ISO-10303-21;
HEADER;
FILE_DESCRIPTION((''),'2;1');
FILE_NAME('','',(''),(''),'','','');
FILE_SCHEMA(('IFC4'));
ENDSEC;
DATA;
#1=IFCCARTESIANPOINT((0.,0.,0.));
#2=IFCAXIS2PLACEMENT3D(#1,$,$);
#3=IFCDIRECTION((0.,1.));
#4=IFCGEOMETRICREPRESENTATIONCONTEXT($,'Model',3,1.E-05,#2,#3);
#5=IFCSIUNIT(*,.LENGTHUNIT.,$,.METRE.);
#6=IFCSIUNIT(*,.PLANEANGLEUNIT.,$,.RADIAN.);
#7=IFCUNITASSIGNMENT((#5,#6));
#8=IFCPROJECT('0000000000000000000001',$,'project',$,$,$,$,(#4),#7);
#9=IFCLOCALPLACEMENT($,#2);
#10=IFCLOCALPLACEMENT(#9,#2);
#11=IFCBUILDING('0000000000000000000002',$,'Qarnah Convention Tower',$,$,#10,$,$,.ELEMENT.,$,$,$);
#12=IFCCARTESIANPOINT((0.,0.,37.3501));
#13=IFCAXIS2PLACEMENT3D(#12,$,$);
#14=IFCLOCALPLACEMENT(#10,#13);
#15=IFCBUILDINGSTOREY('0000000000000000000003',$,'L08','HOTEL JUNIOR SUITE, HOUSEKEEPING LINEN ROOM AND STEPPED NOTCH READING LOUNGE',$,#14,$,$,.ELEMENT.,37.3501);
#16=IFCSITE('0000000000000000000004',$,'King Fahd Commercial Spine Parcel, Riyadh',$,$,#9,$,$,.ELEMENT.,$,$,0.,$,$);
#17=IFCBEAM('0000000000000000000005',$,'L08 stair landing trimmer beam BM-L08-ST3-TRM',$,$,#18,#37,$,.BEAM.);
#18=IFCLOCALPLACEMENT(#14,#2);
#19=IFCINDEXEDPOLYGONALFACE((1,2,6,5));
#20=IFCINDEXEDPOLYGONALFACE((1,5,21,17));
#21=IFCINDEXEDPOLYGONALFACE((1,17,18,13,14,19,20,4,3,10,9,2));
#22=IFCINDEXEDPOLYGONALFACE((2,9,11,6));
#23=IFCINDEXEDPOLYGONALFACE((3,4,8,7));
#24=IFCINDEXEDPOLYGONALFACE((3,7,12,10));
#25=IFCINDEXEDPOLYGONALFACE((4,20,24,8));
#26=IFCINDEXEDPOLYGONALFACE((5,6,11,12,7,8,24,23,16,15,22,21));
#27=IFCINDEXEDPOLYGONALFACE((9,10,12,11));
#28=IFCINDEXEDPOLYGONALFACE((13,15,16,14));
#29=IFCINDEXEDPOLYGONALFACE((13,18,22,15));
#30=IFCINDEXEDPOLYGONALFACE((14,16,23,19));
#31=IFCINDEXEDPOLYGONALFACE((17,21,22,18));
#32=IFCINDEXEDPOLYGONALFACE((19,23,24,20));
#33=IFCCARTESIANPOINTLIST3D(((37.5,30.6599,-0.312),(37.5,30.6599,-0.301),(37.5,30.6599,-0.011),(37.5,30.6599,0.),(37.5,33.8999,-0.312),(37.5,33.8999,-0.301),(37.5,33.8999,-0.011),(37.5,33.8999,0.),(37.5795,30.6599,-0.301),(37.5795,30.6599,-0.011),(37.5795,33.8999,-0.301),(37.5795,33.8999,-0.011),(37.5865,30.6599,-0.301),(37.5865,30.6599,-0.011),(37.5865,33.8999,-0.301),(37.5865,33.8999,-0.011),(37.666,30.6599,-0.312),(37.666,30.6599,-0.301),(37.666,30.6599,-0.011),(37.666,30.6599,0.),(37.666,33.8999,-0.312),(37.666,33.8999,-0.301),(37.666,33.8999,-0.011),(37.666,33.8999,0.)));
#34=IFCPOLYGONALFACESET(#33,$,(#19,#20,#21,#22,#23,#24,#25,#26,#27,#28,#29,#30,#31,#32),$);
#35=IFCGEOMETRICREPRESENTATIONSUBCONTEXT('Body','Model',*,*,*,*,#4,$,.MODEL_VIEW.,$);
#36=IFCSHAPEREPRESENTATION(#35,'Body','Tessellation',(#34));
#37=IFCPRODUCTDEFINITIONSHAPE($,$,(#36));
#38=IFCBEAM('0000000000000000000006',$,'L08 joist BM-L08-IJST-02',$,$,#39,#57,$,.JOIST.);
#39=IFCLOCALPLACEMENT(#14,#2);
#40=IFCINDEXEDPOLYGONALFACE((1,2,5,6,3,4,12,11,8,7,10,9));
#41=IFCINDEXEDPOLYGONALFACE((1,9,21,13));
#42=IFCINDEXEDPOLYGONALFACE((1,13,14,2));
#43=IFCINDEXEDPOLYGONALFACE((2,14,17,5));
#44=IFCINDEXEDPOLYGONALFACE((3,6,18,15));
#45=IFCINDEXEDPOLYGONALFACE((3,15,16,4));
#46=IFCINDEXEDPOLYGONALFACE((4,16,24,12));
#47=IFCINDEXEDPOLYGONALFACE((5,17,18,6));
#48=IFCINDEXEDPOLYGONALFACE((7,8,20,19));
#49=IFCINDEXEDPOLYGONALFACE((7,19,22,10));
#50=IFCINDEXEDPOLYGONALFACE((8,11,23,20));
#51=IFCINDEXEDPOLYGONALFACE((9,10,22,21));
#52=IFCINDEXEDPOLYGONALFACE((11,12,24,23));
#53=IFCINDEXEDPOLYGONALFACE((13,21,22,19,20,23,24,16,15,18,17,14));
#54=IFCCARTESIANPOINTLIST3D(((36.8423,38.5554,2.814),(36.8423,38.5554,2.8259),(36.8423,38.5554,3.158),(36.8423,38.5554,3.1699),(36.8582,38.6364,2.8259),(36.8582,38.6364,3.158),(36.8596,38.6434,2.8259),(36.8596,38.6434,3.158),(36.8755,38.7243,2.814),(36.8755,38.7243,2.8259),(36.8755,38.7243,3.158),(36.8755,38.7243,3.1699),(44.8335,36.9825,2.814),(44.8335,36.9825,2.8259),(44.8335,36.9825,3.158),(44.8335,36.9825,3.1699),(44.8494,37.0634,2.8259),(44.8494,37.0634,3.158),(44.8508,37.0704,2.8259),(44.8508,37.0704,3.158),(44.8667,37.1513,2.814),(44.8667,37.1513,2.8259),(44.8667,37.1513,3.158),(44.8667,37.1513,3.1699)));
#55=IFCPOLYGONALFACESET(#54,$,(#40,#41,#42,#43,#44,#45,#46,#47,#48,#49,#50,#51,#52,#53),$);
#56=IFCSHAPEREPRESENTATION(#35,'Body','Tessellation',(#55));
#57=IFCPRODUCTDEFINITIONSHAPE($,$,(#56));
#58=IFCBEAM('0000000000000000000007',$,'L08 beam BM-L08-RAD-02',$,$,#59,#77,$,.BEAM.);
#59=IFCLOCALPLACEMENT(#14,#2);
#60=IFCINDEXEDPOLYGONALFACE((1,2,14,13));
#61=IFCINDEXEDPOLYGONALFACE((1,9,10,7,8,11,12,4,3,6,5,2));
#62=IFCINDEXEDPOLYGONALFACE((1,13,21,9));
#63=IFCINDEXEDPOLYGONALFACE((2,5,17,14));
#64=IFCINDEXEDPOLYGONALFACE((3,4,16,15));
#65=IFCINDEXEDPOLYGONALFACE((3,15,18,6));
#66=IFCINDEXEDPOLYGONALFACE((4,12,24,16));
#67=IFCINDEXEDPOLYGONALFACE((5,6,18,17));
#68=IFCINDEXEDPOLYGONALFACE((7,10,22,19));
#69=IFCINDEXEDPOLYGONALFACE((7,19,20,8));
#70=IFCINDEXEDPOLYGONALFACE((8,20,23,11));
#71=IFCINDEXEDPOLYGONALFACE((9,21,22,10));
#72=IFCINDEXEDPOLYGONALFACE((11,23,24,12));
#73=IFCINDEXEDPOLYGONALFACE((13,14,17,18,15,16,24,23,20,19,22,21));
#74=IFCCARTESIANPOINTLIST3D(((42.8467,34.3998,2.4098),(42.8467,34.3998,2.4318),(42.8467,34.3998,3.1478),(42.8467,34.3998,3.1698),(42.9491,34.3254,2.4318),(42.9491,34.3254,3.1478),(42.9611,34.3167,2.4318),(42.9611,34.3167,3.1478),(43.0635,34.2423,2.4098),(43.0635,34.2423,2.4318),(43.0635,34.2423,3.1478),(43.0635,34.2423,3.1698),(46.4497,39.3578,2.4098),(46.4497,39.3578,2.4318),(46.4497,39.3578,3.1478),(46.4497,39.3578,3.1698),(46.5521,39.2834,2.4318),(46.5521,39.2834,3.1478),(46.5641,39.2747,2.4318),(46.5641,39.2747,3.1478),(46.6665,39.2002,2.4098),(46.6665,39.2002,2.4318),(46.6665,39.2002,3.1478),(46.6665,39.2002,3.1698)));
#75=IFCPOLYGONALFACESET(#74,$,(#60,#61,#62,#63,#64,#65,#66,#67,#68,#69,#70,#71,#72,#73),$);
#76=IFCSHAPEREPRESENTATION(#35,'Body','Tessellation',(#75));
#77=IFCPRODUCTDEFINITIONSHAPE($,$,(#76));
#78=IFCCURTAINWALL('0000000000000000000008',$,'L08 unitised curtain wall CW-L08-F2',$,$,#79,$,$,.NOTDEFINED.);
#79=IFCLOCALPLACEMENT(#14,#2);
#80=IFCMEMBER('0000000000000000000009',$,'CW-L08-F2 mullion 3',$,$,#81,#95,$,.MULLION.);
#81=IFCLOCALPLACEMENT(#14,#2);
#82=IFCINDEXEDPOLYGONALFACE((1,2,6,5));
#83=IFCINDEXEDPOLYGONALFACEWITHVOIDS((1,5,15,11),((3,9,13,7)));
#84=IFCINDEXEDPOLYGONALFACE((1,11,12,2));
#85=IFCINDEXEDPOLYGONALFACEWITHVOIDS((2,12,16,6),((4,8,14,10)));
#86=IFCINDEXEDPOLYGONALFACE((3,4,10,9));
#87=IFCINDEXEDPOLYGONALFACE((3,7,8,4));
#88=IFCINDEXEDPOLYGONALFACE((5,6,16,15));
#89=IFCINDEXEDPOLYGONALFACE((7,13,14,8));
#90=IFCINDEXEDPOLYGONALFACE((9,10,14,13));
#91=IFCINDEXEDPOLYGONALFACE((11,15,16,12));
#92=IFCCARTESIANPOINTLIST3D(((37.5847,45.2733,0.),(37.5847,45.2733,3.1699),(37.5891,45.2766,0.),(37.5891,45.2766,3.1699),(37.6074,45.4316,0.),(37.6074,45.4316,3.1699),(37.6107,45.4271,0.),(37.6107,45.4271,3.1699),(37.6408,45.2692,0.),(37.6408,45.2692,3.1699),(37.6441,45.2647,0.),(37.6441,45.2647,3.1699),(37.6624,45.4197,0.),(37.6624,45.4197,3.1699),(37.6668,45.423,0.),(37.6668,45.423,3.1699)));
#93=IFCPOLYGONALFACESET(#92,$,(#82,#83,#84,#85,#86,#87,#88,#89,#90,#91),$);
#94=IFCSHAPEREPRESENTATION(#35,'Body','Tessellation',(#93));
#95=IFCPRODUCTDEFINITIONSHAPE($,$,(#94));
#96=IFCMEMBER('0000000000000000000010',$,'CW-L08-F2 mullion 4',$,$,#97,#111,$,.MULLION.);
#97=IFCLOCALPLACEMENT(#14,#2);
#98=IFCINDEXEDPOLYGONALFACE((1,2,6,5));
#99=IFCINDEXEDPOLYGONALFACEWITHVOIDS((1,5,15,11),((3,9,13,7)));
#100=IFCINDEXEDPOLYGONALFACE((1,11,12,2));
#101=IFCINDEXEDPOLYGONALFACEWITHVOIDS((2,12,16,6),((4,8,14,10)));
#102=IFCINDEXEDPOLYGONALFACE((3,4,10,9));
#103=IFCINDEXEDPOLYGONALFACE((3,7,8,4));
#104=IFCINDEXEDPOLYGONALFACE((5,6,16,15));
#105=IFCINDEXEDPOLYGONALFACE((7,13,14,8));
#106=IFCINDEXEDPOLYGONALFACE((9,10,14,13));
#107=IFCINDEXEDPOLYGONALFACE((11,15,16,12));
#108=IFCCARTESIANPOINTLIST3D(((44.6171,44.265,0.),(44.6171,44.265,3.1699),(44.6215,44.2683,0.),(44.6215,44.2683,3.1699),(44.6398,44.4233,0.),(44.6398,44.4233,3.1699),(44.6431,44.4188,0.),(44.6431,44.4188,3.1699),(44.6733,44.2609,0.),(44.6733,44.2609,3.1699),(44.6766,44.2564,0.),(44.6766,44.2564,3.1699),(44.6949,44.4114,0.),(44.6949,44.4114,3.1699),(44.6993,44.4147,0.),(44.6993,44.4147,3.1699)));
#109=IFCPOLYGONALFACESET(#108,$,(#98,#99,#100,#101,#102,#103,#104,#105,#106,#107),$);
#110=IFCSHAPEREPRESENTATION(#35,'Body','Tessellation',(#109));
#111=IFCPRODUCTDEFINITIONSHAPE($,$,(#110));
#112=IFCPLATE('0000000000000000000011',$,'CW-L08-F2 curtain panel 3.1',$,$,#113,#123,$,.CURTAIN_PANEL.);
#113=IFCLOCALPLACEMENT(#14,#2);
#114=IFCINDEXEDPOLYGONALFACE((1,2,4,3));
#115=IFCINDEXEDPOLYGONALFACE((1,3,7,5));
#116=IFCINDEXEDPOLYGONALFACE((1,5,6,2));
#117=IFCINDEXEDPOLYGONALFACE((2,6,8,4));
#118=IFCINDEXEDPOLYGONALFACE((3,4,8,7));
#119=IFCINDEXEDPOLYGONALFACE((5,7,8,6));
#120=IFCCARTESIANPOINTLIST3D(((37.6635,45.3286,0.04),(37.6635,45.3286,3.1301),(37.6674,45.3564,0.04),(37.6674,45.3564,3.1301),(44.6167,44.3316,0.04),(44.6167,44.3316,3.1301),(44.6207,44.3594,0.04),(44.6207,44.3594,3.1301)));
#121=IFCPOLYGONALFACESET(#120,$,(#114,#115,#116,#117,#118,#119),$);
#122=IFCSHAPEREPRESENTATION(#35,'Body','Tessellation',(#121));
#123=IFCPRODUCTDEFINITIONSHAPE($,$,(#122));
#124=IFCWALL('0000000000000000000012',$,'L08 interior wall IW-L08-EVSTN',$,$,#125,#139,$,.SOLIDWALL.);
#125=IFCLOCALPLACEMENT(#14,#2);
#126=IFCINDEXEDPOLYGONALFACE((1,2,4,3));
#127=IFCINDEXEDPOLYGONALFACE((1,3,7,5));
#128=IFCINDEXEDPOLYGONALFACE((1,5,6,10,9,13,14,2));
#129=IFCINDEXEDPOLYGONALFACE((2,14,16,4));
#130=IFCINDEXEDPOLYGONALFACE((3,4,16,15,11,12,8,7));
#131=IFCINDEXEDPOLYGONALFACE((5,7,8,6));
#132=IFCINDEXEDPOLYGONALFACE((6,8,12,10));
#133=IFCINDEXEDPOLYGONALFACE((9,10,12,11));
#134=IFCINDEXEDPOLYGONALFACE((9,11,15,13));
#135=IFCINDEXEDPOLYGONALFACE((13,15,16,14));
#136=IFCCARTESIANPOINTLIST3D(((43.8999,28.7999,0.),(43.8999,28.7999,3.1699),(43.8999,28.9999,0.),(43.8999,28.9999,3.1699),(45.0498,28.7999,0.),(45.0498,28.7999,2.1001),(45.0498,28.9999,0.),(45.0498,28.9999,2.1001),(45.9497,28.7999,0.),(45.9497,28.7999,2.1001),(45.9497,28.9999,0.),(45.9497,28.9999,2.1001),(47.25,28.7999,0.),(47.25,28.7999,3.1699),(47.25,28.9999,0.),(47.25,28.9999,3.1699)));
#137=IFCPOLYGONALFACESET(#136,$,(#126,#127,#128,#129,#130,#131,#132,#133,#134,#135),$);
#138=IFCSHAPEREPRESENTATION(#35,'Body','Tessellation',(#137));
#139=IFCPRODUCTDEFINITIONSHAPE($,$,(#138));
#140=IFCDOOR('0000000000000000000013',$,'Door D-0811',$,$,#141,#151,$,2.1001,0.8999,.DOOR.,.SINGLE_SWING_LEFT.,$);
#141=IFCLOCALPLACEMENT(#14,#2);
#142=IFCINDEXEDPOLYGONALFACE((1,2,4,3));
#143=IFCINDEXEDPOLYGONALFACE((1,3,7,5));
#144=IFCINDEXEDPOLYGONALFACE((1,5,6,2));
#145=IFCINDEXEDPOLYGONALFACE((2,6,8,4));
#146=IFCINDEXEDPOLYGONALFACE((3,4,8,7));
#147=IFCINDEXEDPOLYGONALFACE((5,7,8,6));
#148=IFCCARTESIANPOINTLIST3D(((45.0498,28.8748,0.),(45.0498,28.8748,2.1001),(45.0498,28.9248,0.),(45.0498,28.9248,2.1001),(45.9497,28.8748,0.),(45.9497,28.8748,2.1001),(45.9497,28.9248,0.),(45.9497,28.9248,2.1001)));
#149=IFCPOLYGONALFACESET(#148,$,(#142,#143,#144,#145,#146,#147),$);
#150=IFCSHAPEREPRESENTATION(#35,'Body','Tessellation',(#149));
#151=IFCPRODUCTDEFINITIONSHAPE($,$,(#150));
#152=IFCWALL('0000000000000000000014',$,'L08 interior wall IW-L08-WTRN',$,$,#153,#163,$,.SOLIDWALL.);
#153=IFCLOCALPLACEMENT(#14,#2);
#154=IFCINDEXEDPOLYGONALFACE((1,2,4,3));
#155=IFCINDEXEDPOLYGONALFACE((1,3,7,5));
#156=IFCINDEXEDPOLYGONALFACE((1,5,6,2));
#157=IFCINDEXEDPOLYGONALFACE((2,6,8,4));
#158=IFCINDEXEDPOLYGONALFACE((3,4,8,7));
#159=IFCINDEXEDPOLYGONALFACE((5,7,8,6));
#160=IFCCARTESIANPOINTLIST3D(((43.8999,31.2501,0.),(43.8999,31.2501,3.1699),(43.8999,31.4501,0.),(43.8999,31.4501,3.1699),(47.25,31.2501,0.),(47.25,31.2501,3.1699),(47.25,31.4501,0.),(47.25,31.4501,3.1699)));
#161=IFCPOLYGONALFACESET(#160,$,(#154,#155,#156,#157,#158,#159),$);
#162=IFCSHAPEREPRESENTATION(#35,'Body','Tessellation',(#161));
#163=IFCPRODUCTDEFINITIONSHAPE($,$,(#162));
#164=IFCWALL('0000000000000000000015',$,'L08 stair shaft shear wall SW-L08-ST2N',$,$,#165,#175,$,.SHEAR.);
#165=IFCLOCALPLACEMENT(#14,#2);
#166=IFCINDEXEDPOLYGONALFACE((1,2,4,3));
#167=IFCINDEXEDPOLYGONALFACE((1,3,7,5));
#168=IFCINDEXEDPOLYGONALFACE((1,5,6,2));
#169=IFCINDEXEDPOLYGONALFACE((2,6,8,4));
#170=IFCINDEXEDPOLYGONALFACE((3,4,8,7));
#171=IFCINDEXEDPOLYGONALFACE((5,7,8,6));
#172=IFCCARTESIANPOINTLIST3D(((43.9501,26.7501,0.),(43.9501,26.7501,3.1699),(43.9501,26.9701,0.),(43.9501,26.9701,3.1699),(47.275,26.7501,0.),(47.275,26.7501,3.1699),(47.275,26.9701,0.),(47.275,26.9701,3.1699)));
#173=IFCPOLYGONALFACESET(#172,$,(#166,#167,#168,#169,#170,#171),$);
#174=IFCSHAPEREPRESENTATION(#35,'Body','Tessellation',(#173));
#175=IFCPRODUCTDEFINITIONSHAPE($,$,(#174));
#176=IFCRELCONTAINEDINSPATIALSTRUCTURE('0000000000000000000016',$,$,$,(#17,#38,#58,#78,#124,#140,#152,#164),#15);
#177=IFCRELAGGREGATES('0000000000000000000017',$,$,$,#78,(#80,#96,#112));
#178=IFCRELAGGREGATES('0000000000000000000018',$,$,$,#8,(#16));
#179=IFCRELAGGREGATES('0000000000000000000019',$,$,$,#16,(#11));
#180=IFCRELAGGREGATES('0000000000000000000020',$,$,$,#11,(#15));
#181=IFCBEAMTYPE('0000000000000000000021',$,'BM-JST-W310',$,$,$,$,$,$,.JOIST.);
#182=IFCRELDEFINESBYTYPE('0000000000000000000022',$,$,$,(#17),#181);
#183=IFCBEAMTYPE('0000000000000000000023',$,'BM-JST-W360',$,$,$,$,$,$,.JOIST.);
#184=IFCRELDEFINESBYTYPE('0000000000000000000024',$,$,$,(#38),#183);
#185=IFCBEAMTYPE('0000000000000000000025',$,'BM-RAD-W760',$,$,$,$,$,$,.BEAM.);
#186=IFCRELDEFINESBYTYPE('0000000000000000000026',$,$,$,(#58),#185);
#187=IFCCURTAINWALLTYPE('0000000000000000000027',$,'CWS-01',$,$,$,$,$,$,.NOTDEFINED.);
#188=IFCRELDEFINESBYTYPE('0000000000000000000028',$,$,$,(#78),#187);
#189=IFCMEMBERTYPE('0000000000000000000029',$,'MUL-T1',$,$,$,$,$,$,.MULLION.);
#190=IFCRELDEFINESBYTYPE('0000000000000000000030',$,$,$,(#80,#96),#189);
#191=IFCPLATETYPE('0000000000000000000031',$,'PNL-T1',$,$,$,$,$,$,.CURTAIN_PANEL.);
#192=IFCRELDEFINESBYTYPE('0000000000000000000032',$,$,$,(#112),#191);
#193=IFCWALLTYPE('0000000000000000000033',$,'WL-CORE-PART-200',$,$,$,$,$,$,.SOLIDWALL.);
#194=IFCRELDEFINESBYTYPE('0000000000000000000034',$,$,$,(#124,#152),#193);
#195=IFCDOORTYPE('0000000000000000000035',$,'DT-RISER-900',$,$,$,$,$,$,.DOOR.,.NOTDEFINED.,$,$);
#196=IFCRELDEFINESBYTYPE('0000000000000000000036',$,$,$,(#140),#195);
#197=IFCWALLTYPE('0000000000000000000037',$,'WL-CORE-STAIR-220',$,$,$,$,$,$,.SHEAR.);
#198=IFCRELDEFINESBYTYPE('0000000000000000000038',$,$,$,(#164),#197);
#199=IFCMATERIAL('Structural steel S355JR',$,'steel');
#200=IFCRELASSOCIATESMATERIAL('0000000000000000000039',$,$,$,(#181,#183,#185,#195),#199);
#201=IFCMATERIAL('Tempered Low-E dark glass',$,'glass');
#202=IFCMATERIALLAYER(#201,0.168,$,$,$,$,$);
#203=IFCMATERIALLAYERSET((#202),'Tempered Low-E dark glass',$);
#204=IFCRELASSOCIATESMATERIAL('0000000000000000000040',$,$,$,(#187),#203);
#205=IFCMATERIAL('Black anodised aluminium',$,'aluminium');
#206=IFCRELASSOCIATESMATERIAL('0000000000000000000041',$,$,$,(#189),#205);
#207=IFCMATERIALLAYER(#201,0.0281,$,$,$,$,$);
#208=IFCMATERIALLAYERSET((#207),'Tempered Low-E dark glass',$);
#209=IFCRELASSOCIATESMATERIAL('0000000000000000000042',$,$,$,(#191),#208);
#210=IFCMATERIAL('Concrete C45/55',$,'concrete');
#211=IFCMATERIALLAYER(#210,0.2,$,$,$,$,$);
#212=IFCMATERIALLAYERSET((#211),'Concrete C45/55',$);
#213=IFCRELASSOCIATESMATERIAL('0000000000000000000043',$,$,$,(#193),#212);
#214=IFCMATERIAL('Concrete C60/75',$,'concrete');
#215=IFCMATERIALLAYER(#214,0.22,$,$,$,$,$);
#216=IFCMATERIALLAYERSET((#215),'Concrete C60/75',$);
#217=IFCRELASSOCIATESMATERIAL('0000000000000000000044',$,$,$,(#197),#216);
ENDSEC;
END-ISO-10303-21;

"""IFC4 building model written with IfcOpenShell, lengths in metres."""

from ifc_helpers import new_model, si_unit, direction, frame, frame_2d, origin, origin_2d, place, context, subcontext, project, spatial, rectangle, hollow_rectangle, i_section, extrude, material, layer, layer_set, material_profile, profile_set, type_object, element, fill, aggregate, save


model = new_model("IFC4")

# Units and contexts
model_context = context("Model", 3, precision=1e-05, world=origin(), true_north=direction((0.0, 1.0)))
body_context = subcontext(model_context, "Body", "Model", "MODEL_VIEW")
ifc_project = project(units=[si_unit("LENGTHUNIT", "METRE"), si_unit("PLANEANGLEUNIT", "RADIAN")], contexts=[model_context])

# Site, building, storey
site_placement = place(None, origin())
site = spatial("IfcSite", under=ifc_project, at=site_placement, Name="King Fahd Commercial Spine Parcel, Riyadh", CompositionType="ELEMENT", RefElevation=0.0)
building_placement = place(site_placement, origin())
building = spatial("IfcBuilding", under=site, at=building_placement, Name="Qarnah Convention Tower", CompositionType="ELEMENT")
storey_placement = place(building_placement, frame((0.0, 0.0, 37.3501)))
storey = spatial("IfcBuildingStorey", under=building, at=storey_placement, Name="L08", Description="HOTEL JUNIOR SUITE, HOUSEKEEPING LINEN ROOM AND STEPPED NOTCH READING LOUNGE", CompositionType="ELEMENT", Elevation=37.3501)

# Beams
ifc_material_1 = material(Name="Structural steel S355JR", Category="steel")
ifc_material_profile_1 = material_profile(ifc_material_1, i_section(OverallWidth=0.166, OverallDepth=0.312, WebThickness=0.0071, FlangeThickness=0.011, at=origin_2d()), Name="W310X45")
ifc_profile_set_1 = profile_set([ifc_material_profile_1], Name="Structural steel S355JR")
beam_type_1 = type_object("IfcBeamType", Name="BM-JST-W310", PredefinedType="JOIST", material=ifc_profile_set_1)
beam_1_placement = place(storey_placement, frame((37.583, 30.6599, -0.156), z_axis=(0.0, 1.0, 0.0), x_axis=(-1.0, 0.0, 0.0)))
element("IfcBeam", 1, at=beam_1_placement, inside=storey, type_object=beam_type_1, Name="L08 stair landing trimmer beam BM-L08-ST3-TRM", PredefinedType="BEAM", context=body_context, shape_type="SweptSolid", body=[
    extrude(i_section(OverallWidth=0.166, OverallDepth=0.312, WebThickness=0.0071, FlangeThickness=0.011, at=origin_2d()), origin(), (0.0, 0.0, 1.0), 3.24),
])
ifc_material_profile_2 = material_profile(ifc_material_1, i_section(OverallWidth=0.1721, OverallDepth=0.356, WebThickness=0.0071, FlangeThickness=0.012, at=origin_2d()), Name="W360X51")
ifc_profile_set_2 = profile_set([ifc_material_profile_2], Name="Structural steel S355JR")
beam_type_2 = type_object("IfcBeamType", Name="BM-JST-W360", PredefinedType="JOIST", material=ifc_profile_set_2)
beam_2_placement = place(storey_placement, frame((44.8501, 37.0669, 2.9919), z_axis=(-0.981172, 0.193135, 0.0), x_axis=(-0.193135, -0.981172, 0.0)))
element("IfcBeam", 2, at=beam_2_placement, inside=storey, type_object=beam_type_2, Name="L08 joist BM-L08-IJST-02", PredefinedType="JOIST", context=body_context, shape_type="SweptSolid", body=[
    extrude(i_section(OverallWidth=0.1721, OverallDepth=0.356, WebThickness=0.0071, FlangeThickness=0.012, at=origin_2d()), origin(), (0.0, 0.0, 1.0), 8.1445),
])
ifc_material_profile_3 = material_profile(ifc_material_1, i_section(OverallWidth=0.2681, OverallDepth=0.76, WebThickness=0.0149, FlangeThickness=0.022, at=origin_2d()), Name="W760X185")
ifc_profile_set_3 = profile_set([ifc_material_profile_3], Name="Structural steel S355JR")
beam_type_3 = type_object("IfcBeamType", Name="BM-RAD-W760", PredefinedType="BEAM", material=ifc_profile_set_3)
beam_3_placement = place(storey_placement, frame((42.9551, 34.321, 2.7898), z_axis=(0.587873, 0.808953, 0.0), x_axis=(-0.808953, 0.587873, 0.0)))
element("IfcBeam", 3, at=beam_3_placement, inside=storey, type_object=beam_type_3, Name="L08 beam BM-L08-RAD-02", PredefinedType="BEAM", context=body_context, shape_type="SweptSolid", body=[
    extrude(i_section(OverallWidth=0.2681, OverallDepth=0.76, WebThickness=0.0149, FlangeThickness=0.022, at=origin_2d()), origin(), (0.0, 0.0, 1.0), 6.1289),
])

# Curtain wall, members, plate
ifc_material_2 = material(Name="Tempered Low-E dark glass", Category="glass")
ifc_layer_1 = layer(ifc_material_2, 0.168)
ifc_layer_set_1 = layer_set([ifc_layer_1], Name="Tempered Low-E dark glass")
curtain_wall_type = type_object("IfcCurtainWallType", Name="CWS-01", PredefinedType="NOTDEFINED", material=ifc_layer_set_1)
curtain_wall_placement = place(storey_placement, origin())
curtain_wall = element("IfcCurtainWall", 4, at=curtain_wall_placement, inside=storey, type_object=curtain_wall_type, Name="L08 unitised curtain wall CW-L08-F2", PredefinedType="NOTDEFINED")
ifc_material_3 = material(Name="Black anodised aluminium", Category="aluminium")
ifc_material_profile_4 = material_profile(ifc_material_3, hollow_rectangle(XDim=0.0601, YDim=0.1599, WallThickness=0.0039, at=origin_2d()), Name="MUL-60X160")
ifc_profile_set_4 = profile_set([ifc_material_profile_4], Name="Black anodised aluminium")
member_type = type_object("IfcMemberType", Name="MUL-T1", PredefinedType="MULLION", material=ifc_profile_set_4)
member_1_placement = place(storey_placement, frame((37.6257, 45.3481, 0.0), z_axis=(0.0, 0.0, 1.0), x_axis=(0.989875, -0.141942, 0.0)))
member_1 = element("IfcMember", 5, at=member_1_placement, type_object=member_type, Name="CW-L08-F2 mullion 3", PredefinedType="MULLION", context=body_context, shape_type="SweptSolid", body=[
    extrude(hollow_rectangle(XDim=0.0601, YDim=0.1599, WallThickness=0.0039, at=origin_2d()), origin(), (0.0, 0.0, 1.0), 3.1699),
])
member_2_placement = place(storey_placement, frame((44.6582, 44.3398, 0.0), z_axis=(0.0, 0.0, 1.0), x_axis=(0.989875, -0.141942, 0.0)))
member_2 = element("IfcMember", 6, at=member_2_placement, type_object=member_type, Name="CW-L08-F2 mullion 4", PredefinedType="MULLION", context=body_context, shape_type="SweptSolid", body=[
    extrude(hollow_rectangle(XDim=0.0601, YDim=0.1599, WallThickness=0.0039, at=origin_2d()), origin(), (0.0, 0.0, 1.0), 3.1699),
])
ifc_layer_2 = layer(ifc_material_2, 0.0281)
ifc_layer_set_2 = layer_set([ifc_layer_2], Name="Tempered Low-E dark glass")
plate_type = type_object("IfcPlateType", Name="PNL-T1", PredefinedType="CURTAIN_PANEL", material=ifc_layer_set_2)
plate_placement = place(storey_placement, frame((41.1421, 44.844, 0.04), z_axis=(0.0, 0.0, 1.0), x_axis=(0.989875, -0.141942, 0.0)))
plate = element("IfcPlate", 7, at=plate_placement, type_object=plate_type, Name="CW-L08-F2 curtain panel 3.1", PredefinedType="CURTAIN_PANEL", context=body_context, shape_type="SweptSolid", body=[
    extrude(rectangle(XDim=7.0244, YDim=0.0281, at=origin_2d()), origin(), (0.0, 0.0, 1.0), 3.0901),
])
aggregate(curtain_wall, [member_1, member_2, plate])

# Wall, opening, door
ifc_material_4 = material(Name="Concrete C45/55", Category="concrete")
ifc_layer_3 = layer(ifc_material_4, 0.2)
ifc_layer_set_3 = layer_set([ifc_layer_3], Name="Concrete C45/55")
wall_type_1 = type_object("IfcWallType", Name="WL-CORE-PART-200", PredefinedType="SOLIDWALL", material=ifc_layer_set_3)
wall_1_placement = place(storey_placement, frame((43.8999, 28.8999, 0.0), z_axis=(0.0, 0.0, 1.0), x_axis=(1.0, 0.0, 0.0)))
wall_1 = element("IfcWall", 8, at=wall_1_placement, inside=storey, type_object=wall_type_1, Name="L08 interior wall IW-L08-EVSTN", PredefinedType="SOLIDWALL", context=body_context, shape_type="SweptSolid", body=[
    extrude(rectangle(XDim=3.3501, YDim=0.2, at=frame_2d((1.675, 0.0))), origin(), (0.0, 0.0, 1.0), 3.1699),
])
opening_1_placement = place(wall_1_placement, frame((1.1499, 0.0, 0.0)))
opening_1 = element("IfcOpeningElement", 9, at=opening_1_placement, cuts=wall_1, PredefinedType="OPENING", context=body_context, shape_type="SweptSolid", body=[
    extrude(rectangle(XDim=0.8999, YDim=2.1001, at=frame_2d((0.45, 1.05))), frame((0.0, 0.1099, 0.0), z_axis=(0.0, -1.0, 0.0), x_axis=(1.0, 0.0, 0.0)), (0.0, 0.0, 1.0), 0.22),
])
door_type_1 = type_object("IfcDoorType", Name="DT-RISER-900", OperationType="NOTDEFINED", PredefinedType="DOOR", material=ifc_material_1)
door_1_placement = place(opening_1_placement, origin())
door_1 = element("IfcDoor", 10, at=door_1_placement, inside=storey, type_object=door_type_1, Name="Door D-0811", OperationType="SINGLE_SWING_LEFT", OverallHeight=2.1001, OverallWidth=0.8999, PredefinedType="DOOR", context=body_context, shape_type="SweptSolid", body=[
    extrude(rectangle(XDim=0.8999, YDim=2.1001, at=frame_2d((0.45, 1.05))), frame((0.0, 0.0249, 0.0), z_axis=(0.0, -1.0, 0.0), x_axis=(1.0, 0.0, 0.0)), (0.0, 0.0, 1.0), 0.05),
])
fill(opening_1, door_1)

# Walls
wall_2_placement = place(storey_placement, frame((43.8999, 31.3501, 0.0), z_axis=(0.0, 0.0, 1.0), x_axis=(1.0, 0.0, 0.0)))
element("IfcWall", 11, at=wall_2_placement, inside=storey, type_object=wall_type_1, Name="L08 interior wall IW-L08-WTRN", PredefinedType="SOLIDWALL", context=body_context, shape_type="SweptSolid", body=[
    extrude(rectangle(XDim=3.3501, YDim=0.2, at=frame_2d((1.675, 0.0))), origin(), (0.0, 0.0, 1.0), 3.1699),
])
ifc_material_5 = material(Name="Concrete C60/75", Category="concrete")
ifc_layer_4 = layer(ifc_material_5, 0.22)
ifc_layer_set_4 = layer_set([ifc_layer_4], Name="Concrete C60/75")
wall_type_2 = type_object("IfcWallType", Name="WL-CORE-STAIR-220", PredefinedType="SHEAR", material=ifc_layer_set_4)
wall_3_placement = place(storey_placement, frame((43.95, 26.8601, 0.0), z_axis=(0.0, 0.0, 1.0), x_axis=(1.0, 0.0, 0.0)))
element("IfcWall", 12, at=wall_3_placement, inside=storey, type_object=wall_type_2, Name="L08 stair shaft shear wall SW-L08-ST2N", PredefinedType="SHEAR", context=body_context, shape_type="SweptSolid", body=[
    extrude(rectangle(XDim=3.325, YDim=0.22, at=frame_2d((1.6626, 0.0))), origin(), (0.0, 0.0, 1.0), 3.1699),
])

save(model, "model.ifc")
